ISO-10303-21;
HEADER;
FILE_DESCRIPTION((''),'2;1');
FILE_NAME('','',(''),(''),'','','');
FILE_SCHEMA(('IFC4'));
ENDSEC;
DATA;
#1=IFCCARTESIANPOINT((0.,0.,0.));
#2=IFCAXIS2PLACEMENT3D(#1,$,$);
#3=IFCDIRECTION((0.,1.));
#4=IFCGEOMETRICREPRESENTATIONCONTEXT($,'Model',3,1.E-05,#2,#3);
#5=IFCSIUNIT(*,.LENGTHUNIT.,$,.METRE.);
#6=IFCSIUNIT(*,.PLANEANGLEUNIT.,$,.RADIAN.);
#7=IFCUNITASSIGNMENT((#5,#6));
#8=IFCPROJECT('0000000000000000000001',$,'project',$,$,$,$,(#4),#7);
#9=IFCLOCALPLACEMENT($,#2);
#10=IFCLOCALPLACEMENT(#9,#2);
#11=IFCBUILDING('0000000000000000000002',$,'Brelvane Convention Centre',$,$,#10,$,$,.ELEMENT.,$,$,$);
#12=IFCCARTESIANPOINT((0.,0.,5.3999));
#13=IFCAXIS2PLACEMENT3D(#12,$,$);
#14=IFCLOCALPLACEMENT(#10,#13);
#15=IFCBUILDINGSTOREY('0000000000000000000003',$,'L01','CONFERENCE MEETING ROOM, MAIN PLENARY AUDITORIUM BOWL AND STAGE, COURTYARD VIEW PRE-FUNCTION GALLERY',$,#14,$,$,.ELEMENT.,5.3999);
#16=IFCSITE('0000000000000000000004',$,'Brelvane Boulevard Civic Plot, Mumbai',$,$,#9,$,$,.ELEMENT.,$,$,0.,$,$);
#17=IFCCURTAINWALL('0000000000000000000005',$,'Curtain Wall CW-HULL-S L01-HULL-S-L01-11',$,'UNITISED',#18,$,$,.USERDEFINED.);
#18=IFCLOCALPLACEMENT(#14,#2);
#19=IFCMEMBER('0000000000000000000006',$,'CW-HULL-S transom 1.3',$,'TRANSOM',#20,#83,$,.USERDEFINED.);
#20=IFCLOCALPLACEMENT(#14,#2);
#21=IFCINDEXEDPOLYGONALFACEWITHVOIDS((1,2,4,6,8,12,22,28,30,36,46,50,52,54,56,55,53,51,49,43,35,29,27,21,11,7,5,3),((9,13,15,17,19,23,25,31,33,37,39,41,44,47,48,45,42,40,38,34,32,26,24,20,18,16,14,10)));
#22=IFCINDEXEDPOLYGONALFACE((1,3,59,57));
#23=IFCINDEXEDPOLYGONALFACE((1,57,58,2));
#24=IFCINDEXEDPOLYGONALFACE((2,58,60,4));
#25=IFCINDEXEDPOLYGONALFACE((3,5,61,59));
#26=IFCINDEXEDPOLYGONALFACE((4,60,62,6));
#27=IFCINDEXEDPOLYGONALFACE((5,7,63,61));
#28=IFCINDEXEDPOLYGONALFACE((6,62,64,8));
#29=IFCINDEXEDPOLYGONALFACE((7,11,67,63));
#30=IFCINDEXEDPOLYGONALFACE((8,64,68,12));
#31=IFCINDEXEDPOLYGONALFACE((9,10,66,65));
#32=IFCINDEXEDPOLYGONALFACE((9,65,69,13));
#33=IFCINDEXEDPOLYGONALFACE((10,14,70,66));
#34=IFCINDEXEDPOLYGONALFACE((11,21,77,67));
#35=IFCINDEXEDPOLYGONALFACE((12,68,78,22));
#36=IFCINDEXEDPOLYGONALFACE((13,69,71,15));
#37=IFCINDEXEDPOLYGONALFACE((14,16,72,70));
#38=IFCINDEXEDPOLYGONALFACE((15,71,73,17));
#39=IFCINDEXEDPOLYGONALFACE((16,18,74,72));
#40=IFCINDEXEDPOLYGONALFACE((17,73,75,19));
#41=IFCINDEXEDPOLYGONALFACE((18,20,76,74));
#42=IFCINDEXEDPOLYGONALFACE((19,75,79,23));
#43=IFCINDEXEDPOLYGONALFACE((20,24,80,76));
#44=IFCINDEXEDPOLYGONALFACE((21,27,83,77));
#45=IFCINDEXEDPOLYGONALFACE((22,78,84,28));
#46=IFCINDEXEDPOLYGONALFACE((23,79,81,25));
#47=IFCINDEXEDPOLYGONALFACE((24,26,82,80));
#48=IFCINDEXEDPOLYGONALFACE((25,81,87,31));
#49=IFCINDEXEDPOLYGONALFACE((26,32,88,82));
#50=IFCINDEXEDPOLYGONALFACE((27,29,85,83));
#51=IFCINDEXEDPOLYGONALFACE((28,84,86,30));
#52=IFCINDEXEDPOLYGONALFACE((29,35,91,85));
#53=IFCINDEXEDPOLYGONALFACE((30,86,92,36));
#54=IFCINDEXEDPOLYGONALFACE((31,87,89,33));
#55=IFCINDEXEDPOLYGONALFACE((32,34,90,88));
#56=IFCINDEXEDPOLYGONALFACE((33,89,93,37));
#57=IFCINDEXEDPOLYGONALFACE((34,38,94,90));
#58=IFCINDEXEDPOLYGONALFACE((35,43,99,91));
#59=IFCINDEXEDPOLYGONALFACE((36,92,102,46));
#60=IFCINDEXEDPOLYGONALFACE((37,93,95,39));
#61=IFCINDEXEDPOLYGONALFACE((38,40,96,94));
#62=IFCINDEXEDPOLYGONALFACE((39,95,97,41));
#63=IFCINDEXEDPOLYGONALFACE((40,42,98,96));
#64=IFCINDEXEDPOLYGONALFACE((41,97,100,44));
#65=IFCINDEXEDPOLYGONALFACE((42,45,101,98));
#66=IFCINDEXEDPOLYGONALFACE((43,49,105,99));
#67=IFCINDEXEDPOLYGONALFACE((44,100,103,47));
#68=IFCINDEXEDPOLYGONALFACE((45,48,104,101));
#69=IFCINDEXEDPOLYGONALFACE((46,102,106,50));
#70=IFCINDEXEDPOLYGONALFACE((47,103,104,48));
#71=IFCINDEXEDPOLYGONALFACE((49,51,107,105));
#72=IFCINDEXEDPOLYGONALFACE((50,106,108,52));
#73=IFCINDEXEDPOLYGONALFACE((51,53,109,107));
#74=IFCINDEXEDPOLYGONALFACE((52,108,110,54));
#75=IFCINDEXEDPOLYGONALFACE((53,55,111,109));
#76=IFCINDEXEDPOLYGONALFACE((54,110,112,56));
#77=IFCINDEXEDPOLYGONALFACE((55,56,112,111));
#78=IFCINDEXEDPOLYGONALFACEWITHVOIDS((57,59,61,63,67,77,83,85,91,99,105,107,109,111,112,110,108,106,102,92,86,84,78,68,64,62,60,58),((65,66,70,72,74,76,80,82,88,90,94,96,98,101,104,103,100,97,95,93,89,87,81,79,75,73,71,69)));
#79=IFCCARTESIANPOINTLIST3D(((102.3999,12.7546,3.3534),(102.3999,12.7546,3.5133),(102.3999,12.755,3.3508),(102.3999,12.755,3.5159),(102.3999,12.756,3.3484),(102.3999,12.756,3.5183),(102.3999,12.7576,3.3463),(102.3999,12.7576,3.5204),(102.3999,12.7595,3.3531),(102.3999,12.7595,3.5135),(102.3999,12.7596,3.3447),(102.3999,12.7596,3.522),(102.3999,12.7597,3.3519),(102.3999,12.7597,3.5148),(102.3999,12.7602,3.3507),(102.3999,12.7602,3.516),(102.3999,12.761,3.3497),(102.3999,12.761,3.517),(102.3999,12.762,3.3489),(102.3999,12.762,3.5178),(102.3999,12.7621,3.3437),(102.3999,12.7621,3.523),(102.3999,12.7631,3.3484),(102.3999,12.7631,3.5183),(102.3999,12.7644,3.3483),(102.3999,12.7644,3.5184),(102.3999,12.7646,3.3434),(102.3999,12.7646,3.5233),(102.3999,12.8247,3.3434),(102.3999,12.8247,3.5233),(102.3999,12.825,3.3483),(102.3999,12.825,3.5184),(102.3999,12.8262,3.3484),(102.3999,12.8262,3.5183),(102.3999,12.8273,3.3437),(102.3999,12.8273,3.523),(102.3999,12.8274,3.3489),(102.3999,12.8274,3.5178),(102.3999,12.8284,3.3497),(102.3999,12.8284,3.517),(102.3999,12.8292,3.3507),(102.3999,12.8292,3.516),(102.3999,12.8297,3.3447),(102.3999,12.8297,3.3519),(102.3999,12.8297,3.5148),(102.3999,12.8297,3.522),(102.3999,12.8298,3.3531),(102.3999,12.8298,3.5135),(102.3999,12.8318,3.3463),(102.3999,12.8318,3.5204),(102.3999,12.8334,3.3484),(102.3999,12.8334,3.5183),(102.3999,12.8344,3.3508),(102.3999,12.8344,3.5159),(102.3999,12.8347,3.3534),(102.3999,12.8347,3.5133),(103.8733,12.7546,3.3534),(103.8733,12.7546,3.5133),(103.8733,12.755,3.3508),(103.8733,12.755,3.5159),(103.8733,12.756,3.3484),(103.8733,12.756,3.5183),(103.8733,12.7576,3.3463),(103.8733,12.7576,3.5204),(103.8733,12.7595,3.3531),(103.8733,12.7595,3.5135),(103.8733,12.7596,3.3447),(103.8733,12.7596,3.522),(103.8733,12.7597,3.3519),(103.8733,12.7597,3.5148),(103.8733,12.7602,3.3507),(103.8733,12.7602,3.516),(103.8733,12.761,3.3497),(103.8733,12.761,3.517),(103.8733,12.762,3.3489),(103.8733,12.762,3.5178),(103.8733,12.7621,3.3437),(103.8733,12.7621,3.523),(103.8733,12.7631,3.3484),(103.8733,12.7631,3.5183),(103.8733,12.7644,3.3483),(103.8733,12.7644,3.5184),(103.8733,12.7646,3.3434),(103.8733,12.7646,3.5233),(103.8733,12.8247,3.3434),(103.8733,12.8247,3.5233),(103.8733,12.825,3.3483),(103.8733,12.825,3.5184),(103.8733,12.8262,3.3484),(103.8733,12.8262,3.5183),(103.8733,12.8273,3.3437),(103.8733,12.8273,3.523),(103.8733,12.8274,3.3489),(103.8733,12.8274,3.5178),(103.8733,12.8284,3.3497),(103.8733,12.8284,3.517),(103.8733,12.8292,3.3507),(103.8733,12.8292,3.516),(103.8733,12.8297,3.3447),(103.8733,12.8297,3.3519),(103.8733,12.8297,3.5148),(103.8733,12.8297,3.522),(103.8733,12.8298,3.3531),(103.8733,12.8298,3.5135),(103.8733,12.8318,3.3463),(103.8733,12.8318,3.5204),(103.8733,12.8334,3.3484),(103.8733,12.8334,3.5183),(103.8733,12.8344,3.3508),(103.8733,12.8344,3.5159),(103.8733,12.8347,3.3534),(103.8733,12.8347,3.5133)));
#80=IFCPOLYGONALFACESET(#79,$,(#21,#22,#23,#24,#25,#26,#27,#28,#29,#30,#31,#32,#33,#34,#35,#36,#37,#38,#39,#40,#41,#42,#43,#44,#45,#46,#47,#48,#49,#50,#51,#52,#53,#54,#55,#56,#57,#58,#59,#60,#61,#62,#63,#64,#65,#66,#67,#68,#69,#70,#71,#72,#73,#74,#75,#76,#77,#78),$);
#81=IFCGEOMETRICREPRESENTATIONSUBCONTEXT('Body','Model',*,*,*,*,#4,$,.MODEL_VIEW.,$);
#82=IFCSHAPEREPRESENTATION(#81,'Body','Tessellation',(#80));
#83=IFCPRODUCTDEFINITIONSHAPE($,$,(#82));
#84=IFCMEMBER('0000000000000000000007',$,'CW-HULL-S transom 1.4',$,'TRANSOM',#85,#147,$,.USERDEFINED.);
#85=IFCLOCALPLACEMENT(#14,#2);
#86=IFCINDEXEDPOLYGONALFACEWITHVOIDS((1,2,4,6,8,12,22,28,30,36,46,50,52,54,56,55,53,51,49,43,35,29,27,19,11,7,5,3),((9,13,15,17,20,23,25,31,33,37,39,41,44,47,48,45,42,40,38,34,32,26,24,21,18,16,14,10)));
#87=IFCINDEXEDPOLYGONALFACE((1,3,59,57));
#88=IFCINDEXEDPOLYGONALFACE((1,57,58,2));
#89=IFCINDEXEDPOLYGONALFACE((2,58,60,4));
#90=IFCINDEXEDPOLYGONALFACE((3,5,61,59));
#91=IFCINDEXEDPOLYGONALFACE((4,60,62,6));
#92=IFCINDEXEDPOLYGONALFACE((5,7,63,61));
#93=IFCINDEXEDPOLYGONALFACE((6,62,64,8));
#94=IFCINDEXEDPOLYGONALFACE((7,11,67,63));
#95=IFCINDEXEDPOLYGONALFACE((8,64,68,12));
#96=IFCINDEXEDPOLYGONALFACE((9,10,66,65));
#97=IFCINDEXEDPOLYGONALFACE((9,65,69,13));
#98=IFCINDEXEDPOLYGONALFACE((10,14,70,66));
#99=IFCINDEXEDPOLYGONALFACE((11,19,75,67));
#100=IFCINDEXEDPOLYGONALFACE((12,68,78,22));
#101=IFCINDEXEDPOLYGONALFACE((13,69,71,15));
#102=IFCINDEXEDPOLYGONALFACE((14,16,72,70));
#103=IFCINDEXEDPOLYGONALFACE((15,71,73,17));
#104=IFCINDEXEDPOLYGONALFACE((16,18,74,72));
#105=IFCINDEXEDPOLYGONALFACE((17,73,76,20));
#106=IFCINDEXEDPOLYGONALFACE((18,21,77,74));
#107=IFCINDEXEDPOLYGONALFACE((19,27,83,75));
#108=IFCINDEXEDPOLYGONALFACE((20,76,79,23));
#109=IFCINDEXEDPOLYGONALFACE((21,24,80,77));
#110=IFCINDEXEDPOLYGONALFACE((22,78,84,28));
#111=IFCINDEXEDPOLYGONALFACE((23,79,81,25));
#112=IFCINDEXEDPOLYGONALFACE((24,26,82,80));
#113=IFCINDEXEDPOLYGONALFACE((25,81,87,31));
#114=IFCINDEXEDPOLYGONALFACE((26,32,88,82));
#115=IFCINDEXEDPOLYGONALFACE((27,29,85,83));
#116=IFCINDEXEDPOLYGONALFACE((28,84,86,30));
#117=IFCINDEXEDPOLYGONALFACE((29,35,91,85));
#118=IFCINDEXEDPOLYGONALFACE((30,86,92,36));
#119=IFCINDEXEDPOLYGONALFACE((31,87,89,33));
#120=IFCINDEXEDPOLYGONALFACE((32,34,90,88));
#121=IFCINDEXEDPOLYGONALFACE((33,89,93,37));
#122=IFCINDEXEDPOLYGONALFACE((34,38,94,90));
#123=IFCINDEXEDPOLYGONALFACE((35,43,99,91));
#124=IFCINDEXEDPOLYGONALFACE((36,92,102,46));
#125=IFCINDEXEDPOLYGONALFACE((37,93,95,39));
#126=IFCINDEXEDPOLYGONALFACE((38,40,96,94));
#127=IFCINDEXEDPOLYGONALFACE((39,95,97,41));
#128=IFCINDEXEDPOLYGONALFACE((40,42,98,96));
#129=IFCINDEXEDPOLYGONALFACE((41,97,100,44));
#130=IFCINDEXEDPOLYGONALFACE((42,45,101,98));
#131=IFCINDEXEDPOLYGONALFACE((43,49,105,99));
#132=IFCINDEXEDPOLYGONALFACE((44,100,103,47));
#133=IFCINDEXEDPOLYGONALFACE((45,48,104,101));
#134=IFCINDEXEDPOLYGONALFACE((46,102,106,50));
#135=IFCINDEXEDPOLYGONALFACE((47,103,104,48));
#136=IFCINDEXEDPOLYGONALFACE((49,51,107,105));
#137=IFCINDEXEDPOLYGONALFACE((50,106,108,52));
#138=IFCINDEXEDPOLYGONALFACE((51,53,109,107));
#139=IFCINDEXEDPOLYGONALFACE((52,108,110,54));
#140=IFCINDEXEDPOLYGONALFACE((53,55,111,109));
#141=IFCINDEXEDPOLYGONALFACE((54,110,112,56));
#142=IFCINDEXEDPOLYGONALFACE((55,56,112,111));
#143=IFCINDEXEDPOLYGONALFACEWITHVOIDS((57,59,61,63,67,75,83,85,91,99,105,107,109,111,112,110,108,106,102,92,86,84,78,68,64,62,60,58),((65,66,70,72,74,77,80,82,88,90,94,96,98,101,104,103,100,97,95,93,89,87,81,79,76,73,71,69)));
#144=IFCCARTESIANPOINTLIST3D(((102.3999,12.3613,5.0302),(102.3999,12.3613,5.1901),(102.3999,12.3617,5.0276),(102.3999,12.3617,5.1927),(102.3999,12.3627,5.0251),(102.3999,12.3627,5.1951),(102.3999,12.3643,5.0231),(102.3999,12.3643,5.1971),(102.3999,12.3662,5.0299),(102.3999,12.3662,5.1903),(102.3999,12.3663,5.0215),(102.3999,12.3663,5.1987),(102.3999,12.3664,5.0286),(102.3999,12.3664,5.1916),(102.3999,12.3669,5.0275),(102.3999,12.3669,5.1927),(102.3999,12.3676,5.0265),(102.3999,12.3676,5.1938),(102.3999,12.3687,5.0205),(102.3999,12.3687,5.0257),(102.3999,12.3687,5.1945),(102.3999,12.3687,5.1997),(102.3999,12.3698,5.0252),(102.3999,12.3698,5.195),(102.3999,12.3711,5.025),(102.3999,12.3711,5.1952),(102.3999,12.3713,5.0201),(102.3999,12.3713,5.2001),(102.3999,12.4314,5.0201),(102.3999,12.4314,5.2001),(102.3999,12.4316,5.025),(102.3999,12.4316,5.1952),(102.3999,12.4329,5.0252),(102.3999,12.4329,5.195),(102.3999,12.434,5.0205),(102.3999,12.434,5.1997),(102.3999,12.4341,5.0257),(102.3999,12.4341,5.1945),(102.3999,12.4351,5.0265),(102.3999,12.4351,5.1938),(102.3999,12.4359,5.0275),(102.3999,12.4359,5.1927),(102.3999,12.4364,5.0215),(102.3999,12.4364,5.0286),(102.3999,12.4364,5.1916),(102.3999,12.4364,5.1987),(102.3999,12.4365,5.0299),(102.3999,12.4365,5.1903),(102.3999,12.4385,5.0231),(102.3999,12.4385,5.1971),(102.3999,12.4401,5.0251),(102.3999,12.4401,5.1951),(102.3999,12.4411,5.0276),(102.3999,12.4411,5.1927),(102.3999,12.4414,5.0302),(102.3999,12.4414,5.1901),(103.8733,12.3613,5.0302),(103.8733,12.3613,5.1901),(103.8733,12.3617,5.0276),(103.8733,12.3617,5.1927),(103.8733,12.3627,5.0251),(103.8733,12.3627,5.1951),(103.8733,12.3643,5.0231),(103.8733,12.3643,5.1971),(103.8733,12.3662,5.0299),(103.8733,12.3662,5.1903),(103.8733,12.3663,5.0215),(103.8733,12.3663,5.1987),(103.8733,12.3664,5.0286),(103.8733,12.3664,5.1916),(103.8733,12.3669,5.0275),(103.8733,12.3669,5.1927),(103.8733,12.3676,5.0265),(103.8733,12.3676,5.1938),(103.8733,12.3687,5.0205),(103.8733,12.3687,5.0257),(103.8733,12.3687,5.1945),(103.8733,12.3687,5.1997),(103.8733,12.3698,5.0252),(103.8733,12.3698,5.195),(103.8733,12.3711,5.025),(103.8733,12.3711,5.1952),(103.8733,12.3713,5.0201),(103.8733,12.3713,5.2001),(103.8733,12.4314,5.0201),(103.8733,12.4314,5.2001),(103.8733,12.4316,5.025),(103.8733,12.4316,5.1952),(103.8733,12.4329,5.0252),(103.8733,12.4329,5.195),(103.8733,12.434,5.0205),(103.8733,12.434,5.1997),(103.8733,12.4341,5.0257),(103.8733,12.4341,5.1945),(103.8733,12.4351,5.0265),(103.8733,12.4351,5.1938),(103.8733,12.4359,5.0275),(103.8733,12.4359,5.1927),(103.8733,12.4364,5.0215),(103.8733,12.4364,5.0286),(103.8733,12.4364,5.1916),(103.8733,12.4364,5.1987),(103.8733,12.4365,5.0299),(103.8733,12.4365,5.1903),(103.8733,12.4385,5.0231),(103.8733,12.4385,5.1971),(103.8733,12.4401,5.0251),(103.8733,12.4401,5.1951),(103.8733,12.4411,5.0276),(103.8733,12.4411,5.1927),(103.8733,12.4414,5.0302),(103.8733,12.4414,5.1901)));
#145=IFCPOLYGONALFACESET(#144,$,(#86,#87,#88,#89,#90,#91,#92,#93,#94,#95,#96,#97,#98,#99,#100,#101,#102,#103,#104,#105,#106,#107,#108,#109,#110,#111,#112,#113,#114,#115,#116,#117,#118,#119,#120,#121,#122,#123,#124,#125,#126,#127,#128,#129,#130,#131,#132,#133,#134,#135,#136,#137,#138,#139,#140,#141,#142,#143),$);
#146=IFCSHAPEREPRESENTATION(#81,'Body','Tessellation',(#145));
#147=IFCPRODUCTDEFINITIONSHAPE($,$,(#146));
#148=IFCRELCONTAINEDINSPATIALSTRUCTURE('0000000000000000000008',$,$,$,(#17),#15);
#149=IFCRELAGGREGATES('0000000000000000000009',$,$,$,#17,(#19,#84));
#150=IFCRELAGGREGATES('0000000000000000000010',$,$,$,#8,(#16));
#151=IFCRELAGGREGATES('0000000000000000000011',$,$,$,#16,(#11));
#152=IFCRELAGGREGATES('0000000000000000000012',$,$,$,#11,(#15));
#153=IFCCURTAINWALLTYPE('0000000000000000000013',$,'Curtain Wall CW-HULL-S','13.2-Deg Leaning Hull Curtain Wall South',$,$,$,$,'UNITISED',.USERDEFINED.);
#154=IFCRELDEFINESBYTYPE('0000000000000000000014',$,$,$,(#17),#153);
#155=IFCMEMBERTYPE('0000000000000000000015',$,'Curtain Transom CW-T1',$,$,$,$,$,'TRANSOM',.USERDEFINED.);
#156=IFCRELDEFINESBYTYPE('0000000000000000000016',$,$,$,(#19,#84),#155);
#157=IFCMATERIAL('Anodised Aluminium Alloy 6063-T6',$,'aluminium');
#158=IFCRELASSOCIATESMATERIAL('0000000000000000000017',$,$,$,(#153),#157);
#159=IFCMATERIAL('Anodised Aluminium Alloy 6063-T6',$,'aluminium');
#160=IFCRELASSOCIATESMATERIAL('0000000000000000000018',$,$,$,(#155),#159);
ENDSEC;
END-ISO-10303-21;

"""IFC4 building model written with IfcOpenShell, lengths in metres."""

from ifc_helpers import new_model, si_unit, direction, frame, origin, origin_2d, place, context, subcontext, project, spatial, hollow_rectangle, extrude, material, material_profile, profile_set, type_object, element, aggregate, save


model = new_model("IFC4")

# Units and contexts
model_context = context("Model", 3, precision=1e-05, world=origin(), true_north=direction((0.0, 1.0)))
body_context = subcontext(model_context, "Body", "Model", "MODEL_VIEW")
ifc_project = project(units=[si_unit("LENGTHUNIT", "METRE"), si_unit("PLANEANGLEUNIT", "RADIAN")], contexts=[model_context])

# Site, building, storey
site_placement = place(None, origin())
site = spatial("IfcSite", under=ifc_project, at=site_placement, Name="Brelvane Boulevard Civic Plot, Mumbai", CompositionType="ELEMENT", RefElevation=0.0)
building_placement = place(site_placement, origin())
building = spatial("IfcBuilding", under=site, at=building_placement, Name="Brelvane Convention Centre", CompositionType="ELEMENT")
storey_placement = place(building_placement, frame((0.0, 0.0, 5.3999)))
storey = spatial("IfcBuildingStorey", under=building, at=storey_placement, Name="L01", Description="CONFERENCE MEETING ROOM, MAIN PLENARY AUDITORIUM BOWL AND STAGE, COURTYARD VIEW PRE-FUNCTION GALLERY", CompositionType="ELEMENT", Elevation=5.3999)

# Curtain wall, members
ifc_material_1 = material(Name="Anodised Aluminium Alloy 6063-T6", Category="aluminium")
curtain_wall_type = type_object("IfcCurtainWallType", Name="Curtain Wall CW-HULL-S", Description="13.2-Deg Leaning Hull Curtain Wall South", ElementType="UNITISED", PredefinedType="USERDEFINED", material=ifc_material_1)
ifc_material_2 = material(Name="Anodised Aluminium Alloy 6063-T6", Category="aluminium")
ifc_material_profile = material_profile(ifc_material_2, hollow_rectangle(XDim=0.0801, YDim=0.1799, WallThickness=0.0049, InnerFilletRadius=0.0049, OuterFilletRadius=0.01, at=origin_2d()), Name="ALU-T 180x80x5.0")
ifc_profile_set = profile_set([ifc_material_profile], Name="Anodised Aluminium Alloy 6063-T6")
member_type = type_object("IfcMemberType", Name="Curtain Transom CW-T1", ElementType="TRANSOM", PredefinedType="USERDEFINED", material=ifc_profile_set)
curtain_wall_1_placement = place(storey_placement, origin())
curtain_wall_1 = element("IfcCurtainWall", 1, at=curtain_wall_1_placement, inside=storey, type_object=curtain_wall_type, Name="Curtain Wall CW-HULL-S L01-HULL-S-L01-11", ObjectType="UNITISED", PredefinedType="USERDEFINED")
member_1_placement = place(storey_placement, frame((102.3999, 12.7947, 3.4333), z_axis=(1.0, 0.0, 0.0), x_axis=(0.0, 1.0, 0.0)))
member_1 = element("IfcMember", 2, at=member_1_placement, type_object=member_type, Name="CW-HULL-S transom 1.3", ObjectType="TRANSOM", PredefinedType="USERDEFINED", context=body_context, shape_type="SweptSolid", body=[
    extrude(hollow_rectangle(XDim=0.0801, YDim=0.1799, WallThickness=0.0049, InnerFilletRadius=0.0049, OuterFilletRadius=0.01, at=origin_2d()), origin(), (0.0, 0.0, 1.0), 1.4734),
])
member_2_placement = place(storey_placement, frame((102.3999, 12.4014, 5.1101), z_axis=(1.0, 0.0, 0.0), x_axis=(0.0, 1.0, 0.0)))
member_2 = element("IfcMember", 3, at=member_2_placement, type_object=member_type, Name="CW-HULL-S transom 1.4", ObjectType="TRANSOM", PredefinedType="USERDEFINED", context=body_context, shape_type="SweptSolid", body=[
    extrude(hollow_rectangle(XDim=0.0801, YDim=0.1799, WallThickness=0.0049, InnerFilletRadius=0.0049, OuterFilletRadius=0.01, at=origin_2d()), origin(), (0.0, 0.0, 1.0), 1.4734),
])

aggregate(curtain_wall_1, [member_1, member_2])

save(model, "model.ifc")
